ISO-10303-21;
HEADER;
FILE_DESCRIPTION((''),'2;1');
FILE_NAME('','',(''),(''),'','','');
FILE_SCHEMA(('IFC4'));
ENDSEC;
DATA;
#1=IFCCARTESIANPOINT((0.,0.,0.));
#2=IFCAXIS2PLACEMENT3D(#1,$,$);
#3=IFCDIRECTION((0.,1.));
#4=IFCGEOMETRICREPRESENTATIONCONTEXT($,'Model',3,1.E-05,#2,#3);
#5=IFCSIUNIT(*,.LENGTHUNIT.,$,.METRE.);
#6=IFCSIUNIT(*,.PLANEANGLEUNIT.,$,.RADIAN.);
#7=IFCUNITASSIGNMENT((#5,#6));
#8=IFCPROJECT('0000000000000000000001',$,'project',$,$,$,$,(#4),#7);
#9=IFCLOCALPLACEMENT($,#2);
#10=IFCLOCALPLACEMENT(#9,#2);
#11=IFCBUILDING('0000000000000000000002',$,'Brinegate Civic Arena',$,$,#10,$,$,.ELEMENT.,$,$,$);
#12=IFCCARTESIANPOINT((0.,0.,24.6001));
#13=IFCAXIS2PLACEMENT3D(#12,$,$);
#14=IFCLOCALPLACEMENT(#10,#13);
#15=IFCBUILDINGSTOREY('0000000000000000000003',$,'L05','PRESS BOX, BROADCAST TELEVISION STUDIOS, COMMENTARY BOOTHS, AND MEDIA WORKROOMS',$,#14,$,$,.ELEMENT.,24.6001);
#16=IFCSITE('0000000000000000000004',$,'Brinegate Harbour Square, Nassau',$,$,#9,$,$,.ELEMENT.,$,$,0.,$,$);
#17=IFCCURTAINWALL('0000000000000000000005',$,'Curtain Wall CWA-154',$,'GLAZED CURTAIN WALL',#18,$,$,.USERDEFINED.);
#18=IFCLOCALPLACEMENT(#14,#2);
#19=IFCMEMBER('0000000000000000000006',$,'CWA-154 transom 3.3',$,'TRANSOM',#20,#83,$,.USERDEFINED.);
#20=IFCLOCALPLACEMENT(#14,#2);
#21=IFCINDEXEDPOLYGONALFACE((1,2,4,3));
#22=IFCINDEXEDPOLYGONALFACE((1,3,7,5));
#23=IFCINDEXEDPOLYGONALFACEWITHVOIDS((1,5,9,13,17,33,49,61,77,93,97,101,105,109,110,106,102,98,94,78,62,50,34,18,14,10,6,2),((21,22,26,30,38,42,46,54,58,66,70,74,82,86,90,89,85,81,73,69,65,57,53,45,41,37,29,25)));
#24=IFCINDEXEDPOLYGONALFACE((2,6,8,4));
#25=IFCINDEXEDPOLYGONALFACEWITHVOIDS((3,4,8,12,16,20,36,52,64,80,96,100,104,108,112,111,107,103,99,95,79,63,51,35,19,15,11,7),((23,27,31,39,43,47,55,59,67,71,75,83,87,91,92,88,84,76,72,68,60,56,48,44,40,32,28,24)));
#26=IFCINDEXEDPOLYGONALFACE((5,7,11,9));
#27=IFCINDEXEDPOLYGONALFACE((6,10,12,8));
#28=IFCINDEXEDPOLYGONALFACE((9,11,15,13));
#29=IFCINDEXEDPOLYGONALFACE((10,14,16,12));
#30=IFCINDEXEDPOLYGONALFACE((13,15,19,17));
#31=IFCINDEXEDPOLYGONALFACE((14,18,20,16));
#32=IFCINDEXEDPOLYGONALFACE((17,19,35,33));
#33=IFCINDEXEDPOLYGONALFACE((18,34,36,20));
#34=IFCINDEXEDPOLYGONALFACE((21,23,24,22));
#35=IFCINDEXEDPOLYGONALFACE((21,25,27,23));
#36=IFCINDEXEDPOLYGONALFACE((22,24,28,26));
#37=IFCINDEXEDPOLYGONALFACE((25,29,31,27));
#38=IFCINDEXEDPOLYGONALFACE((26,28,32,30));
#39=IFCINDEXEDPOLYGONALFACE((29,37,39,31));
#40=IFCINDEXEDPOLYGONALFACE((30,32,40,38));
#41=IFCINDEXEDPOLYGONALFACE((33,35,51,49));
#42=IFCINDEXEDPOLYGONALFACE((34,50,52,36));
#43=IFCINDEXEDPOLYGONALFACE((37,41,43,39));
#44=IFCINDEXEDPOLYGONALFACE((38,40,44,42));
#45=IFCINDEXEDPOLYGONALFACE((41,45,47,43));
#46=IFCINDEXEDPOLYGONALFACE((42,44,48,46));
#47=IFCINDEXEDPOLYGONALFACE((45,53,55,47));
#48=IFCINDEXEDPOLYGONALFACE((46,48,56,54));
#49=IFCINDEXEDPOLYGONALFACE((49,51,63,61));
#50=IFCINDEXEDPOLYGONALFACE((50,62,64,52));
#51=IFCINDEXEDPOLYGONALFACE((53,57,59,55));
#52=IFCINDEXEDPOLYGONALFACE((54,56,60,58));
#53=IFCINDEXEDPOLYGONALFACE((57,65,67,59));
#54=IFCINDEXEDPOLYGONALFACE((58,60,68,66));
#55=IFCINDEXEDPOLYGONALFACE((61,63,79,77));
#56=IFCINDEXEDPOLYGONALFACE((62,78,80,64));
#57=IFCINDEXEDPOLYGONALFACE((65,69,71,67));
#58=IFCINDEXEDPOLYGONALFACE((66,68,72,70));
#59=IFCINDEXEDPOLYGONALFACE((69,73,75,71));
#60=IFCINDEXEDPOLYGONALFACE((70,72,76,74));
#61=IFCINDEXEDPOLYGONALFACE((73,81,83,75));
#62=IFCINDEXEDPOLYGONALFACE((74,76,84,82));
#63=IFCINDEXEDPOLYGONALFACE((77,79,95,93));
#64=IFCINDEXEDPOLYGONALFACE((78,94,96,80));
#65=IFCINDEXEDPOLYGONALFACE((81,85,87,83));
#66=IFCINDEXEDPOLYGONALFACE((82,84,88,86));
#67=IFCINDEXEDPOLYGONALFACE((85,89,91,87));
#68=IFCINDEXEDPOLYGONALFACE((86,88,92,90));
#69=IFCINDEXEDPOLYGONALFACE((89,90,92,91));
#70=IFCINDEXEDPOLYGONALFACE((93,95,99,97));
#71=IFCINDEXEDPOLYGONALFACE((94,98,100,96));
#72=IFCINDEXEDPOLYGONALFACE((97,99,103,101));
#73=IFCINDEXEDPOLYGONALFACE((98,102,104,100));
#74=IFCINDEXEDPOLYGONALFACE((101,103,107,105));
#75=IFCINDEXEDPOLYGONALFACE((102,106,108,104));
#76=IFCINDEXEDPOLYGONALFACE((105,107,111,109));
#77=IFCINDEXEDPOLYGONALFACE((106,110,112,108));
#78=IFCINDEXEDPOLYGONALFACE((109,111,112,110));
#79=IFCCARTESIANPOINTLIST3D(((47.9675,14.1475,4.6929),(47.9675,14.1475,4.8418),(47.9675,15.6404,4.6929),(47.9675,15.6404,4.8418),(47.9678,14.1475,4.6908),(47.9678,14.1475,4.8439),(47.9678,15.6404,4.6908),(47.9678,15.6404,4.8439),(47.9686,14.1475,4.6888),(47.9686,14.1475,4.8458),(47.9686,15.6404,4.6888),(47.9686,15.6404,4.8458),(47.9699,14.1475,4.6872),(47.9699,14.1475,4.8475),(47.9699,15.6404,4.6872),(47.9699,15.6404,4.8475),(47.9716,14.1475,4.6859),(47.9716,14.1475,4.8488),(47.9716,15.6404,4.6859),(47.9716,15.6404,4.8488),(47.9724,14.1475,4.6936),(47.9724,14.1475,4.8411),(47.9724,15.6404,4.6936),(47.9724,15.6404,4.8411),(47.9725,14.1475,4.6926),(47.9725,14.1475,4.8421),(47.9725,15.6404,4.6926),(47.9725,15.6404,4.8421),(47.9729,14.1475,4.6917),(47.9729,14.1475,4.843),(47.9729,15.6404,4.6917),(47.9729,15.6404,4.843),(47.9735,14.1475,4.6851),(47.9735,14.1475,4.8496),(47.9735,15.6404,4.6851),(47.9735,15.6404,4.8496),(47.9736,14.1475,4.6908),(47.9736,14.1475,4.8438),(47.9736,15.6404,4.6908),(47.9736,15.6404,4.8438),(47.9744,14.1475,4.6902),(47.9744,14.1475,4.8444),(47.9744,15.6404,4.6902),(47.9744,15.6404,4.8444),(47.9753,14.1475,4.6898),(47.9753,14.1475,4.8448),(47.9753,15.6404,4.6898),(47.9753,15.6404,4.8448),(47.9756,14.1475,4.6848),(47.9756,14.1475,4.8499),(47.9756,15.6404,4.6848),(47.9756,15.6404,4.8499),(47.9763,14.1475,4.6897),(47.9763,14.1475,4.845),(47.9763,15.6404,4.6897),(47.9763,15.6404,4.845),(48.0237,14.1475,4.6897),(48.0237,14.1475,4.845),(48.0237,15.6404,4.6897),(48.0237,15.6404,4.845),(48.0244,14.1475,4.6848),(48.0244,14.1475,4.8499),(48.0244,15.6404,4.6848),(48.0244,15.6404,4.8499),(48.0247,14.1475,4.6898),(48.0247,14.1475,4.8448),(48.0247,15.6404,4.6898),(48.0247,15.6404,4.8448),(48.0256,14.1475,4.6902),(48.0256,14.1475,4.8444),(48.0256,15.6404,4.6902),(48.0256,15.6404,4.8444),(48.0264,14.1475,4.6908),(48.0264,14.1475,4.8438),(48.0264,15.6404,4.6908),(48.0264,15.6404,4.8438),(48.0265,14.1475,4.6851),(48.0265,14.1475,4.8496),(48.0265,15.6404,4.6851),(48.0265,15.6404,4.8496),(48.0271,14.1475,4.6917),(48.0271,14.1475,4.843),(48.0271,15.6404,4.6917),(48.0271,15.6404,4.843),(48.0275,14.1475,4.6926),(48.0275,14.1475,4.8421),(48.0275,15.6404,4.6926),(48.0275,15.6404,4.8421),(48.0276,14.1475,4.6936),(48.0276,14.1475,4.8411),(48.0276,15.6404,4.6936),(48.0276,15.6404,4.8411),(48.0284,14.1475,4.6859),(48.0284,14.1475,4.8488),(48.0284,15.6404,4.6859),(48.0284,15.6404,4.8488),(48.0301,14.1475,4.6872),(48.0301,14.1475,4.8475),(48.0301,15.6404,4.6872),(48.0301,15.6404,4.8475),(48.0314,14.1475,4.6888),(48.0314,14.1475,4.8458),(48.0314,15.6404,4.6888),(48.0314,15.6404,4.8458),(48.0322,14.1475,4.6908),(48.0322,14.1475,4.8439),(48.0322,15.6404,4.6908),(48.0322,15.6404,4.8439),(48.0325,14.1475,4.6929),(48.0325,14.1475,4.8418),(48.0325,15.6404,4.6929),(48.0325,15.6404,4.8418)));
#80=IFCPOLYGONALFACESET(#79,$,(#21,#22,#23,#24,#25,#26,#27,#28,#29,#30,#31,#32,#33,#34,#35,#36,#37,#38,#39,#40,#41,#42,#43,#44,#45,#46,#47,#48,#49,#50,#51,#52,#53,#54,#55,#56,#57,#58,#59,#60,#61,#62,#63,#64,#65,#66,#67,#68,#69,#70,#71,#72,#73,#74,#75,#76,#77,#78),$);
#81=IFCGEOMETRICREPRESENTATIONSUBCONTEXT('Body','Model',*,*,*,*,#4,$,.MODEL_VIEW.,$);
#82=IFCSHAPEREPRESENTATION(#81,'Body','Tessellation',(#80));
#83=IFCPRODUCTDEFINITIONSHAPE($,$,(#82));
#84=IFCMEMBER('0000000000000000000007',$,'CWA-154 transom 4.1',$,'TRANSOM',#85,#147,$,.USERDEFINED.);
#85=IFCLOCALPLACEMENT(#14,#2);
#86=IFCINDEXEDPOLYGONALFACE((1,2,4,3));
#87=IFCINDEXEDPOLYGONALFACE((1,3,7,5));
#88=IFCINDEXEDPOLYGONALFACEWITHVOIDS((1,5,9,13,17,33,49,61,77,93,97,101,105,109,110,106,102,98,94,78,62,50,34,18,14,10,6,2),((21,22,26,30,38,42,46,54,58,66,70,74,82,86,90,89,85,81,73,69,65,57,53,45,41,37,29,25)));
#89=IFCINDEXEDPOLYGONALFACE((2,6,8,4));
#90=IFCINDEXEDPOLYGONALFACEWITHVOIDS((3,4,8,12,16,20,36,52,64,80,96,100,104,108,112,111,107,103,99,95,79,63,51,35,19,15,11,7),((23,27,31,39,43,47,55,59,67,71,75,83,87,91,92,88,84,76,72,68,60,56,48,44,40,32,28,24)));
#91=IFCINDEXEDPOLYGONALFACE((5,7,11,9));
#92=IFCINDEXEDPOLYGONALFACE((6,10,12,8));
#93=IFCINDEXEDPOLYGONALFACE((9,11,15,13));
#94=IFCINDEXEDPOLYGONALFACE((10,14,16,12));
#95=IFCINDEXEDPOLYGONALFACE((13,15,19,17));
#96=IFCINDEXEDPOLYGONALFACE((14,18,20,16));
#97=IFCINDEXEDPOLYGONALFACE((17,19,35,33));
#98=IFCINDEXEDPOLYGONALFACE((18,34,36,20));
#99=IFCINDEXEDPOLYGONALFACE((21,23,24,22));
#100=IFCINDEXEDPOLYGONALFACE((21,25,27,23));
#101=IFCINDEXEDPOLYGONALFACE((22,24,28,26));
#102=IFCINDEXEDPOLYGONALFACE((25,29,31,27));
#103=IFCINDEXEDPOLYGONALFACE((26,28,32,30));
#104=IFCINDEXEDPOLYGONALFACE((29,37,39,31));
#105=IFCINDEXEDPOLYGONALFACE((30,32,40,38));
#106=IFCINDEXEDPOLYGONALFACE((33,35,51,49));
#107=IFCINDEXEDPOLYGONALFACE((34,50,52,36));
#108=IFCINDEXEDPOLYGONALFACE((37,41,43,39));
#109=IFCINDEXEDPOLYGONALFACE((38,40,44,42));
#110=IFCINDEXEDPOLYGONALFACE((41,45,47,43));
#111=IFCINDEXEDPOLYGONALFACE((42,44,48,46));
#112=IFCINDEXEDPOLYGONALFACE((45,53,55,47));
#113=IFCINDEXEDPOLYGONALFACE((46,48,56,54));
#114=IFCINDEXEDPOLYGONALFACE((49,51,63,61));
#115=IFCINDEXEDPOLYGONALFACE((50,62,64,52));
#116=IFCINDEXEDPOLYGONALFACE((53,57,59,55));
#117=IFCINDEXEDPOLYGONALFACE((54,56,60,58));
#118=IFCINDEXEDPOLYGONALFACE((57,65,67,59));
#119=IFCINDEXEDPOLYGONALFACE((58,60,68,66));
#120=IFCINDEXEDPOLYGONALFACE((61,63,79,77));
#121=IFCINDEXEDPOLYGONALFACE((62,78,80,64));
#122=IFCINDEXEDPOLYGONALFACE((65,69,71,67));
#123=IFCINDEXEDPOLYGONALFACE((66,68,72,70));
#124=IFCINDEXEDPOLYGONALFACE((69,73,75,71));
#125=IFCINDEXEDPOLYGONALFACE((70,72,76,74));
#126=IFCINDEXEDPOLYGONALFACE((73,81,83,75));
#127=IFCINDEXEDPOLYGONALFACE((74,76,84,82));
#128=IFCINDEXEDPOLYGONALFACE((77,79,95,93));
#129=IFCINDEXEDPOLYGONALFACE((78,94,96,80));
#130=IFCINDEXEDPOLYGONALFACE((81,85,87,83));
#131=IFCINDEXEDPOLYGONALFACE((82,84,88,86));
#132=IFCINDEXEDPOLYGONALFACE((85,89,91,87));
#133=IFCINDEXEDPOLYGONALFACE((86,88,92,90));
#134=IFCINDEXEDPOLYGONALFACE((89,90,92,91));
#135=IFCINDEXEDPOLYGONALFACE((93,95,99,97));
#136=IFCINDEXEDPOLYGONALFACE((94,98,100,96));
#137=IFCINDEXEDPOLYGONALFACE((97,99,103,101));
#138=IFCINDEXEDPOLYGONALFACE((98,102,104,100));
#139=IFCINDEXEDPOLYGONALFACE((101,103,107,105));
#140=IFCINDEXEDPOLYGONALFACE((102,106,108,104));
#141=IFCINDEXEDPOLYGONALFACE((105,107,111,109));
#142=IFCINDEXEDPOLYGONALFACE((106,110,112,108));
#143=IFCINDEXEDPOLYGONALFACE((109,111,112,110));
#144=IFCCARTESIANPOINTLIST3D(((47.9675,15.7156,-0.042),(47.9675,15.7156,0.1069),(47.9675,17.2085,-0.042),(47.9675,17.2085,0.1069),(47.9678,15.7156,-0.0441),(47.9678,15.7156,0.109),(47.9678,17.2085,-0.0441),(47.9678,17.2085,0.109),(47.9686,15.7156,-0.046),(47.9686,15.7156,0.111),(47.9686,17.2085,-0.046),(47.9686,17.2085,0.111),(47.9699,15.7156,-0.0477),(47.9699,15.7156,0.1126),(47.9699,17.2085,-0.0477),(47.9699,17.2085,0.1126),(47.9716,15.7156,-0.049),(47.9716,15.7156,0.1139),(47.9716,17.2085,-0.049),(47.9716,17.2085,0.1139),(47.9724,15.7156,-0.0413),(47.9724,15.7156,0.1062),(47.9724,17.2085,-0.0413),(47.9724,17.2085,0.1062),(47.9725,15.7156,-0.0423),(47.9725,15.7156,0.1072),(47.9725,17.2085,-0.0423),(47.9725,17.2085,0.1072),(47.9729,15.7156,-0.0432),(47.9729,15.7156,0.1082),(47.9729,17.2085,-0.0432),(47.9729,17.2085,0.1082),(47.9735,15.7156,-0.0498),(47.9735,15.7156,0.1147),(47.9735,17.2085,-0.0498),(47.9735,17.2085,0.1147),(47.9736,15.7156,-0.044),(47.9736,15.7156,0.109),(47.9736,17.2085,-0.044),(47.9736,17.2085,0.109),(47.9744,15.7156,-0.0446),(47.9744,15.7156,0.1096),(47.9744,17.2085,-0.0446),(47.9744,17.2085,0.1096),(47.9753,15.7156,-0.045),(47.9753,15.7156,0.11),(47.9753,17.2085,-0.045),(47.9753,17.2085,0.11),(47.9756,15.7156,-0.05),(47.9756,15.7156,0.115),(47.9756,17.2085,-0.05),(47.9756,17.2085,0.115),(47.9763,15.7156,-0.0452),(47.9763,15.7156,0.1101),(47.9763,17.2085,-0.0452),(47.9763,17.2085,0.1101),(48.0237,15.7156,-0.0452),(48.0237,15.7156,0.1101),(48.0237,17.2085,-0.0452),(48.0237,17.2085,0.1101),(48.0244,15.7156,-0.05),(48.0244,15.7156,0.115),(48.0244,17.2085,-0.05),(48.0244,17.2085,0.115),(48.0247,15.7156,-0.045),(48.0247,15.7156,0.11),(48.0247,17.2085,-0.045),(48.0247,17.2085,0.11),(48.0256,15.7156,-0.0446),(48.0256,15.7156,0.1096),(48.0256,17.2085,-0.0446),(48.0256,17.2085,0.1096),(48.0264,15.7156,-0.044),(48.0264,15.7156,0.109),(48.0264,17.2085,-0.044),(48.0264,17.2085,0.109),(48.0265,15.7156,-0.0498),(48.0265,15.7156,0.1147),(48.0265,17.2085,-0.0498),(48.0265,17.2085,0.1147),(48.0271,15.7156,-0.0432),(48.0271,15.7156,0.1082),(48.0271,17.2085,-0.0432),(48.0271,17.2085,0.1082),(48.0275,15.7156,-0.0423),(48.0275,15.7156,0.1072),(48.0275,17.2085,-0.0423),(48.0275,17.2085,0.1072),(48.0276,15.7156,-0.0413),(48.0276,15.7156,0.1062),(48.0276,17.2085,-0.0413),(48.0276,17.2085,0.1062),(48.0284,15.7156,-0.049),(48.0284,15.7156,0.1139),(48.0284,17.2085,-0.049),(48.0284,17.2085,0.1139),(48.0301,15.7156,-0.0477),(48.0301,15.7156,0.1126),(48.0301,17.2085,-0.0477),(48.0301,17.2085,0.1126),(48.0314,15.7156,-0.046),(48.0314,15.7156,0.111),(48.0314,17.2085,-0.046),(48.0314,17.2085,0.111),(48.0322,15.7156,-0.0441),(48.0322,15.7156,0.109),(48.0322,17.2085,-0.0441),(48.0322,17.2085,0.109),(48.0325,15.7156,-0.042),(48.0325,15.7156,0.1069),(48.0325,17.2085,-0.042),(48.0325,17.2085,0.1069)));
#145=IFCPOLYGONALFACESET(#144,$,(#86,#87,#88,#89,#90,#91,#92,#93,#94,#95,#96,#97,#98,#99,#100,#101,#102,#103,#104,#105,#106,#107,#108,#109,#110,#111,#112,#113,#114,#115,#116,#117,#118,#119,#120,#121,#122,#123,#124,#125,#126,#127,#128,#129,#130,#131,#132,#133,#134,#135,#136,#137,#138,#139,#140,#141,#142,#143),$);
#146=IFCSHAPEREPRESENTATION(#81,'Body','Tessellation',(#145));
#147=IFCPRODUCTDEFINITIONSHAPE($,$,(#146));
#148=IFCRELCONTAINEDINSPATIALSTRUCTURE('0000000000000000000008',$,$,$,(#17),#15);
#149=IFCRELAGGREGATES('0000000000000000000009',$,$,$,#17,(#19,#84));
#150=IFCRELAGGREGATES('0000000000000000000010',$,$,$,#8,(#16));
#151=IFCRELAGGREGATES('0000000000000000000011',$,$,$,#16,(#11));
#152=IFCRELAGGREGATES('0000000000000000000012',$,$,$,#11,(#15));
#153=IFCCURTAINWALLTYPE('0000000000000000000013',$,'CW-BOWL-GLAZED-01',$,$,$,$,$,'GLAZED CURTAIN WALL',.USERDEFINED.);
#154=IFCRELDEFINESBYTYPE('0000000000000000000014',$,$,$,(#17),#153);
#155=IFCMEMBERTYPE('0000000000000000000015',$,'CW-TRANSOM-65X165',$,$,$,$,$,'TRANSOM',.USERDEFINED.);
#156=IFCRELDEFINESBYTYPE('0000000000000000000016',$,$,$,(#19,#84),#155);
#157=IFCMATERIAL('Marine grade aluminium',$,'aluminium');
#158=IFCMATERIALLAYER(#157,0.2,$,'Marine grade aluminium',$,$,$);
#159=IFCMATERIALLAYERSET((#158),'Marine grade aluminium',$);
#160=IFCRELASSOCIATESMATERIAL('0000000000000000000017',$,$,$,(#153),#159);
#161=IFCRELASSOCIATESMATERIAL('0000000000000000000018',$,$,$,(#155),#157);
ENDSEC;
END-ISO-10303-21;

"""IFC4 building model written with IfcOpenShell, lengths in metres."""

from ifc_helpers import new_model, si_unit, direction, frame, origin, origin_2d, place, context, subcontext, project, spatial, hollow_rectangle, extrude, material, layer, layer_set, material_profile, profile_set, type_object, element, aggregate, save


model = new_model("IFC4")

# Units and contexts
model_context = context("Model", 3, precision=1e-05, world=origin(), true_north=direction((0.0, 1.0)))
body_context = subcontext(model_context, "Body", "Model", "MODEL_VIEW")
ifc_project = project(units=[si_unit("LENGTHUNIT", "METRE"), si_unit("PLANEANGLEUNIT", "RADIAN")], contexts=[model_context])

# Site, building, storey
site_placement = place(None, origin())
site = spatial("IfcSite", under=ifc_project, at=site_placement, Name="Brinegate Harbour Square, Nassau", CompositionType="ELEMENT", RefElevation=0.0)
building_placement = place(site_placement, origin())
building = spatial("IfcBuilding", under=site, at=building_placement, Name="Brinegate Civic Arena", CompositionType="ELEMENT")
storey_placement = place(building_placement, frame((0.0, 0.0, 24.6001)))
storey = spatial("IfcBuildingStorey", under=building, at=storey_placement, Name="L05", Description="PRESS BOX, BROADCAST TELEVISION STUDIOS, COMMENTARY BOOTHS, AND MEDIA WORKROOMS", CompositionType="ELEMENT", Elevation=24.6001)

# Curtain wall
ifc_material_1 = material(Name="Marine grade aluminium", Category="aluminium")
ifc_layer_1 = layer(ifc_material_1, 0.2, Name="Marine grade aluminium")
ifc_layer_set_1 = layer_set([ifc_layer_1], Name="Marine grade aluminium")
curtain_wall_type = type_object("IfcCurtainWallType", Name="CW-BOWL-GLAZED-01", ElementType="GLAZED CURTAIN WALL", PredefinedType="USERDEFINED", material=ifc_layer_set_1)
curtain_wall_1_placement = place(storey_placement, origin())
curtain_wall_1 = element("IfcCurtainWall", 1, at=curtain_wall_1_placement, inside=storey, type_object=curtain_wall_type, Name="Curtain Wall CWA-154", ObjectType="GLAZED CURTAIN WALL", PredefinedType="USERDEFINED")

# Members
ifc_material_profile_1 = material_profile(ifc_material_1, hollow_rectangle(XDim=0.0649, YDim=0.165, WallThickness=0.0049, InnerFilletRadius=0.0039, OuterFilletRadius=0.0081, at=origin_2d()), Name="TRN65X165")
ifc_profile_set_1 = profile_set([ifc_material_profile_1], Name="Marine grade aluminium")
member_type_1 = type_object("IfcMemberType", Name="CW-TRANSOM-65X165", ElementType="TRANSOM", PredefinedType="USERDEFINED", material=ifc_profile_set_1)
member_1_placement = place(storey_placement, frame((48.0, 14.1475, 4.7673), z_axis=(0.0, 1.0, 0.0), x_axis=(-1.0, 0.0, 0.0)))
member_1 = element("IfcMember", 2, at=member_1_placement, type_object=member_type_1, Name="CWA-154 transom 3.3", ObjectType="TRANSOM", PredefinedType="USERDEFINED", context=body_context, shape_type="SweptSolid", body=[
    extrude(hollow_rectangle(XDim=0.0649, YDim=0.165, WallThickness=0.0049, InnerFilletRadius=0.0039, OuterFilletRadius=0.0081, at=origin_2d()), origin(), (0.0, 0.0, 1.0), 1.4929),
])
member_2_placement = place(storey_placement, frame((48.0, 15.7156, 0.0325), z_axis=(0.0, 1.0, 0.0), x_axis=(-1.0, 0.0, 0.0)))
member_2 = element("IfcMember", 3, at=member_2_placement, type_object=member_type_1, Name="CWA-154 transom 4.1", ObjectType="TRANSOM", PredefinedType="USERDEFINED", context=body_context, shape_type="SweptSolid", body=[
    extrude(hollow_rectangle(XDim=0.0649, YDim=0.165, WallThickness=0.0049, InnerFilletRadius=0.0039, OuterFilletRadius=0.0081, at=origin_2d()), origin(), (0.0, 0.0, 1.0), 1.4929),
])

aggregate(curtain_wall_1, [member_1, member_2])

save(model, "model.ifc")
